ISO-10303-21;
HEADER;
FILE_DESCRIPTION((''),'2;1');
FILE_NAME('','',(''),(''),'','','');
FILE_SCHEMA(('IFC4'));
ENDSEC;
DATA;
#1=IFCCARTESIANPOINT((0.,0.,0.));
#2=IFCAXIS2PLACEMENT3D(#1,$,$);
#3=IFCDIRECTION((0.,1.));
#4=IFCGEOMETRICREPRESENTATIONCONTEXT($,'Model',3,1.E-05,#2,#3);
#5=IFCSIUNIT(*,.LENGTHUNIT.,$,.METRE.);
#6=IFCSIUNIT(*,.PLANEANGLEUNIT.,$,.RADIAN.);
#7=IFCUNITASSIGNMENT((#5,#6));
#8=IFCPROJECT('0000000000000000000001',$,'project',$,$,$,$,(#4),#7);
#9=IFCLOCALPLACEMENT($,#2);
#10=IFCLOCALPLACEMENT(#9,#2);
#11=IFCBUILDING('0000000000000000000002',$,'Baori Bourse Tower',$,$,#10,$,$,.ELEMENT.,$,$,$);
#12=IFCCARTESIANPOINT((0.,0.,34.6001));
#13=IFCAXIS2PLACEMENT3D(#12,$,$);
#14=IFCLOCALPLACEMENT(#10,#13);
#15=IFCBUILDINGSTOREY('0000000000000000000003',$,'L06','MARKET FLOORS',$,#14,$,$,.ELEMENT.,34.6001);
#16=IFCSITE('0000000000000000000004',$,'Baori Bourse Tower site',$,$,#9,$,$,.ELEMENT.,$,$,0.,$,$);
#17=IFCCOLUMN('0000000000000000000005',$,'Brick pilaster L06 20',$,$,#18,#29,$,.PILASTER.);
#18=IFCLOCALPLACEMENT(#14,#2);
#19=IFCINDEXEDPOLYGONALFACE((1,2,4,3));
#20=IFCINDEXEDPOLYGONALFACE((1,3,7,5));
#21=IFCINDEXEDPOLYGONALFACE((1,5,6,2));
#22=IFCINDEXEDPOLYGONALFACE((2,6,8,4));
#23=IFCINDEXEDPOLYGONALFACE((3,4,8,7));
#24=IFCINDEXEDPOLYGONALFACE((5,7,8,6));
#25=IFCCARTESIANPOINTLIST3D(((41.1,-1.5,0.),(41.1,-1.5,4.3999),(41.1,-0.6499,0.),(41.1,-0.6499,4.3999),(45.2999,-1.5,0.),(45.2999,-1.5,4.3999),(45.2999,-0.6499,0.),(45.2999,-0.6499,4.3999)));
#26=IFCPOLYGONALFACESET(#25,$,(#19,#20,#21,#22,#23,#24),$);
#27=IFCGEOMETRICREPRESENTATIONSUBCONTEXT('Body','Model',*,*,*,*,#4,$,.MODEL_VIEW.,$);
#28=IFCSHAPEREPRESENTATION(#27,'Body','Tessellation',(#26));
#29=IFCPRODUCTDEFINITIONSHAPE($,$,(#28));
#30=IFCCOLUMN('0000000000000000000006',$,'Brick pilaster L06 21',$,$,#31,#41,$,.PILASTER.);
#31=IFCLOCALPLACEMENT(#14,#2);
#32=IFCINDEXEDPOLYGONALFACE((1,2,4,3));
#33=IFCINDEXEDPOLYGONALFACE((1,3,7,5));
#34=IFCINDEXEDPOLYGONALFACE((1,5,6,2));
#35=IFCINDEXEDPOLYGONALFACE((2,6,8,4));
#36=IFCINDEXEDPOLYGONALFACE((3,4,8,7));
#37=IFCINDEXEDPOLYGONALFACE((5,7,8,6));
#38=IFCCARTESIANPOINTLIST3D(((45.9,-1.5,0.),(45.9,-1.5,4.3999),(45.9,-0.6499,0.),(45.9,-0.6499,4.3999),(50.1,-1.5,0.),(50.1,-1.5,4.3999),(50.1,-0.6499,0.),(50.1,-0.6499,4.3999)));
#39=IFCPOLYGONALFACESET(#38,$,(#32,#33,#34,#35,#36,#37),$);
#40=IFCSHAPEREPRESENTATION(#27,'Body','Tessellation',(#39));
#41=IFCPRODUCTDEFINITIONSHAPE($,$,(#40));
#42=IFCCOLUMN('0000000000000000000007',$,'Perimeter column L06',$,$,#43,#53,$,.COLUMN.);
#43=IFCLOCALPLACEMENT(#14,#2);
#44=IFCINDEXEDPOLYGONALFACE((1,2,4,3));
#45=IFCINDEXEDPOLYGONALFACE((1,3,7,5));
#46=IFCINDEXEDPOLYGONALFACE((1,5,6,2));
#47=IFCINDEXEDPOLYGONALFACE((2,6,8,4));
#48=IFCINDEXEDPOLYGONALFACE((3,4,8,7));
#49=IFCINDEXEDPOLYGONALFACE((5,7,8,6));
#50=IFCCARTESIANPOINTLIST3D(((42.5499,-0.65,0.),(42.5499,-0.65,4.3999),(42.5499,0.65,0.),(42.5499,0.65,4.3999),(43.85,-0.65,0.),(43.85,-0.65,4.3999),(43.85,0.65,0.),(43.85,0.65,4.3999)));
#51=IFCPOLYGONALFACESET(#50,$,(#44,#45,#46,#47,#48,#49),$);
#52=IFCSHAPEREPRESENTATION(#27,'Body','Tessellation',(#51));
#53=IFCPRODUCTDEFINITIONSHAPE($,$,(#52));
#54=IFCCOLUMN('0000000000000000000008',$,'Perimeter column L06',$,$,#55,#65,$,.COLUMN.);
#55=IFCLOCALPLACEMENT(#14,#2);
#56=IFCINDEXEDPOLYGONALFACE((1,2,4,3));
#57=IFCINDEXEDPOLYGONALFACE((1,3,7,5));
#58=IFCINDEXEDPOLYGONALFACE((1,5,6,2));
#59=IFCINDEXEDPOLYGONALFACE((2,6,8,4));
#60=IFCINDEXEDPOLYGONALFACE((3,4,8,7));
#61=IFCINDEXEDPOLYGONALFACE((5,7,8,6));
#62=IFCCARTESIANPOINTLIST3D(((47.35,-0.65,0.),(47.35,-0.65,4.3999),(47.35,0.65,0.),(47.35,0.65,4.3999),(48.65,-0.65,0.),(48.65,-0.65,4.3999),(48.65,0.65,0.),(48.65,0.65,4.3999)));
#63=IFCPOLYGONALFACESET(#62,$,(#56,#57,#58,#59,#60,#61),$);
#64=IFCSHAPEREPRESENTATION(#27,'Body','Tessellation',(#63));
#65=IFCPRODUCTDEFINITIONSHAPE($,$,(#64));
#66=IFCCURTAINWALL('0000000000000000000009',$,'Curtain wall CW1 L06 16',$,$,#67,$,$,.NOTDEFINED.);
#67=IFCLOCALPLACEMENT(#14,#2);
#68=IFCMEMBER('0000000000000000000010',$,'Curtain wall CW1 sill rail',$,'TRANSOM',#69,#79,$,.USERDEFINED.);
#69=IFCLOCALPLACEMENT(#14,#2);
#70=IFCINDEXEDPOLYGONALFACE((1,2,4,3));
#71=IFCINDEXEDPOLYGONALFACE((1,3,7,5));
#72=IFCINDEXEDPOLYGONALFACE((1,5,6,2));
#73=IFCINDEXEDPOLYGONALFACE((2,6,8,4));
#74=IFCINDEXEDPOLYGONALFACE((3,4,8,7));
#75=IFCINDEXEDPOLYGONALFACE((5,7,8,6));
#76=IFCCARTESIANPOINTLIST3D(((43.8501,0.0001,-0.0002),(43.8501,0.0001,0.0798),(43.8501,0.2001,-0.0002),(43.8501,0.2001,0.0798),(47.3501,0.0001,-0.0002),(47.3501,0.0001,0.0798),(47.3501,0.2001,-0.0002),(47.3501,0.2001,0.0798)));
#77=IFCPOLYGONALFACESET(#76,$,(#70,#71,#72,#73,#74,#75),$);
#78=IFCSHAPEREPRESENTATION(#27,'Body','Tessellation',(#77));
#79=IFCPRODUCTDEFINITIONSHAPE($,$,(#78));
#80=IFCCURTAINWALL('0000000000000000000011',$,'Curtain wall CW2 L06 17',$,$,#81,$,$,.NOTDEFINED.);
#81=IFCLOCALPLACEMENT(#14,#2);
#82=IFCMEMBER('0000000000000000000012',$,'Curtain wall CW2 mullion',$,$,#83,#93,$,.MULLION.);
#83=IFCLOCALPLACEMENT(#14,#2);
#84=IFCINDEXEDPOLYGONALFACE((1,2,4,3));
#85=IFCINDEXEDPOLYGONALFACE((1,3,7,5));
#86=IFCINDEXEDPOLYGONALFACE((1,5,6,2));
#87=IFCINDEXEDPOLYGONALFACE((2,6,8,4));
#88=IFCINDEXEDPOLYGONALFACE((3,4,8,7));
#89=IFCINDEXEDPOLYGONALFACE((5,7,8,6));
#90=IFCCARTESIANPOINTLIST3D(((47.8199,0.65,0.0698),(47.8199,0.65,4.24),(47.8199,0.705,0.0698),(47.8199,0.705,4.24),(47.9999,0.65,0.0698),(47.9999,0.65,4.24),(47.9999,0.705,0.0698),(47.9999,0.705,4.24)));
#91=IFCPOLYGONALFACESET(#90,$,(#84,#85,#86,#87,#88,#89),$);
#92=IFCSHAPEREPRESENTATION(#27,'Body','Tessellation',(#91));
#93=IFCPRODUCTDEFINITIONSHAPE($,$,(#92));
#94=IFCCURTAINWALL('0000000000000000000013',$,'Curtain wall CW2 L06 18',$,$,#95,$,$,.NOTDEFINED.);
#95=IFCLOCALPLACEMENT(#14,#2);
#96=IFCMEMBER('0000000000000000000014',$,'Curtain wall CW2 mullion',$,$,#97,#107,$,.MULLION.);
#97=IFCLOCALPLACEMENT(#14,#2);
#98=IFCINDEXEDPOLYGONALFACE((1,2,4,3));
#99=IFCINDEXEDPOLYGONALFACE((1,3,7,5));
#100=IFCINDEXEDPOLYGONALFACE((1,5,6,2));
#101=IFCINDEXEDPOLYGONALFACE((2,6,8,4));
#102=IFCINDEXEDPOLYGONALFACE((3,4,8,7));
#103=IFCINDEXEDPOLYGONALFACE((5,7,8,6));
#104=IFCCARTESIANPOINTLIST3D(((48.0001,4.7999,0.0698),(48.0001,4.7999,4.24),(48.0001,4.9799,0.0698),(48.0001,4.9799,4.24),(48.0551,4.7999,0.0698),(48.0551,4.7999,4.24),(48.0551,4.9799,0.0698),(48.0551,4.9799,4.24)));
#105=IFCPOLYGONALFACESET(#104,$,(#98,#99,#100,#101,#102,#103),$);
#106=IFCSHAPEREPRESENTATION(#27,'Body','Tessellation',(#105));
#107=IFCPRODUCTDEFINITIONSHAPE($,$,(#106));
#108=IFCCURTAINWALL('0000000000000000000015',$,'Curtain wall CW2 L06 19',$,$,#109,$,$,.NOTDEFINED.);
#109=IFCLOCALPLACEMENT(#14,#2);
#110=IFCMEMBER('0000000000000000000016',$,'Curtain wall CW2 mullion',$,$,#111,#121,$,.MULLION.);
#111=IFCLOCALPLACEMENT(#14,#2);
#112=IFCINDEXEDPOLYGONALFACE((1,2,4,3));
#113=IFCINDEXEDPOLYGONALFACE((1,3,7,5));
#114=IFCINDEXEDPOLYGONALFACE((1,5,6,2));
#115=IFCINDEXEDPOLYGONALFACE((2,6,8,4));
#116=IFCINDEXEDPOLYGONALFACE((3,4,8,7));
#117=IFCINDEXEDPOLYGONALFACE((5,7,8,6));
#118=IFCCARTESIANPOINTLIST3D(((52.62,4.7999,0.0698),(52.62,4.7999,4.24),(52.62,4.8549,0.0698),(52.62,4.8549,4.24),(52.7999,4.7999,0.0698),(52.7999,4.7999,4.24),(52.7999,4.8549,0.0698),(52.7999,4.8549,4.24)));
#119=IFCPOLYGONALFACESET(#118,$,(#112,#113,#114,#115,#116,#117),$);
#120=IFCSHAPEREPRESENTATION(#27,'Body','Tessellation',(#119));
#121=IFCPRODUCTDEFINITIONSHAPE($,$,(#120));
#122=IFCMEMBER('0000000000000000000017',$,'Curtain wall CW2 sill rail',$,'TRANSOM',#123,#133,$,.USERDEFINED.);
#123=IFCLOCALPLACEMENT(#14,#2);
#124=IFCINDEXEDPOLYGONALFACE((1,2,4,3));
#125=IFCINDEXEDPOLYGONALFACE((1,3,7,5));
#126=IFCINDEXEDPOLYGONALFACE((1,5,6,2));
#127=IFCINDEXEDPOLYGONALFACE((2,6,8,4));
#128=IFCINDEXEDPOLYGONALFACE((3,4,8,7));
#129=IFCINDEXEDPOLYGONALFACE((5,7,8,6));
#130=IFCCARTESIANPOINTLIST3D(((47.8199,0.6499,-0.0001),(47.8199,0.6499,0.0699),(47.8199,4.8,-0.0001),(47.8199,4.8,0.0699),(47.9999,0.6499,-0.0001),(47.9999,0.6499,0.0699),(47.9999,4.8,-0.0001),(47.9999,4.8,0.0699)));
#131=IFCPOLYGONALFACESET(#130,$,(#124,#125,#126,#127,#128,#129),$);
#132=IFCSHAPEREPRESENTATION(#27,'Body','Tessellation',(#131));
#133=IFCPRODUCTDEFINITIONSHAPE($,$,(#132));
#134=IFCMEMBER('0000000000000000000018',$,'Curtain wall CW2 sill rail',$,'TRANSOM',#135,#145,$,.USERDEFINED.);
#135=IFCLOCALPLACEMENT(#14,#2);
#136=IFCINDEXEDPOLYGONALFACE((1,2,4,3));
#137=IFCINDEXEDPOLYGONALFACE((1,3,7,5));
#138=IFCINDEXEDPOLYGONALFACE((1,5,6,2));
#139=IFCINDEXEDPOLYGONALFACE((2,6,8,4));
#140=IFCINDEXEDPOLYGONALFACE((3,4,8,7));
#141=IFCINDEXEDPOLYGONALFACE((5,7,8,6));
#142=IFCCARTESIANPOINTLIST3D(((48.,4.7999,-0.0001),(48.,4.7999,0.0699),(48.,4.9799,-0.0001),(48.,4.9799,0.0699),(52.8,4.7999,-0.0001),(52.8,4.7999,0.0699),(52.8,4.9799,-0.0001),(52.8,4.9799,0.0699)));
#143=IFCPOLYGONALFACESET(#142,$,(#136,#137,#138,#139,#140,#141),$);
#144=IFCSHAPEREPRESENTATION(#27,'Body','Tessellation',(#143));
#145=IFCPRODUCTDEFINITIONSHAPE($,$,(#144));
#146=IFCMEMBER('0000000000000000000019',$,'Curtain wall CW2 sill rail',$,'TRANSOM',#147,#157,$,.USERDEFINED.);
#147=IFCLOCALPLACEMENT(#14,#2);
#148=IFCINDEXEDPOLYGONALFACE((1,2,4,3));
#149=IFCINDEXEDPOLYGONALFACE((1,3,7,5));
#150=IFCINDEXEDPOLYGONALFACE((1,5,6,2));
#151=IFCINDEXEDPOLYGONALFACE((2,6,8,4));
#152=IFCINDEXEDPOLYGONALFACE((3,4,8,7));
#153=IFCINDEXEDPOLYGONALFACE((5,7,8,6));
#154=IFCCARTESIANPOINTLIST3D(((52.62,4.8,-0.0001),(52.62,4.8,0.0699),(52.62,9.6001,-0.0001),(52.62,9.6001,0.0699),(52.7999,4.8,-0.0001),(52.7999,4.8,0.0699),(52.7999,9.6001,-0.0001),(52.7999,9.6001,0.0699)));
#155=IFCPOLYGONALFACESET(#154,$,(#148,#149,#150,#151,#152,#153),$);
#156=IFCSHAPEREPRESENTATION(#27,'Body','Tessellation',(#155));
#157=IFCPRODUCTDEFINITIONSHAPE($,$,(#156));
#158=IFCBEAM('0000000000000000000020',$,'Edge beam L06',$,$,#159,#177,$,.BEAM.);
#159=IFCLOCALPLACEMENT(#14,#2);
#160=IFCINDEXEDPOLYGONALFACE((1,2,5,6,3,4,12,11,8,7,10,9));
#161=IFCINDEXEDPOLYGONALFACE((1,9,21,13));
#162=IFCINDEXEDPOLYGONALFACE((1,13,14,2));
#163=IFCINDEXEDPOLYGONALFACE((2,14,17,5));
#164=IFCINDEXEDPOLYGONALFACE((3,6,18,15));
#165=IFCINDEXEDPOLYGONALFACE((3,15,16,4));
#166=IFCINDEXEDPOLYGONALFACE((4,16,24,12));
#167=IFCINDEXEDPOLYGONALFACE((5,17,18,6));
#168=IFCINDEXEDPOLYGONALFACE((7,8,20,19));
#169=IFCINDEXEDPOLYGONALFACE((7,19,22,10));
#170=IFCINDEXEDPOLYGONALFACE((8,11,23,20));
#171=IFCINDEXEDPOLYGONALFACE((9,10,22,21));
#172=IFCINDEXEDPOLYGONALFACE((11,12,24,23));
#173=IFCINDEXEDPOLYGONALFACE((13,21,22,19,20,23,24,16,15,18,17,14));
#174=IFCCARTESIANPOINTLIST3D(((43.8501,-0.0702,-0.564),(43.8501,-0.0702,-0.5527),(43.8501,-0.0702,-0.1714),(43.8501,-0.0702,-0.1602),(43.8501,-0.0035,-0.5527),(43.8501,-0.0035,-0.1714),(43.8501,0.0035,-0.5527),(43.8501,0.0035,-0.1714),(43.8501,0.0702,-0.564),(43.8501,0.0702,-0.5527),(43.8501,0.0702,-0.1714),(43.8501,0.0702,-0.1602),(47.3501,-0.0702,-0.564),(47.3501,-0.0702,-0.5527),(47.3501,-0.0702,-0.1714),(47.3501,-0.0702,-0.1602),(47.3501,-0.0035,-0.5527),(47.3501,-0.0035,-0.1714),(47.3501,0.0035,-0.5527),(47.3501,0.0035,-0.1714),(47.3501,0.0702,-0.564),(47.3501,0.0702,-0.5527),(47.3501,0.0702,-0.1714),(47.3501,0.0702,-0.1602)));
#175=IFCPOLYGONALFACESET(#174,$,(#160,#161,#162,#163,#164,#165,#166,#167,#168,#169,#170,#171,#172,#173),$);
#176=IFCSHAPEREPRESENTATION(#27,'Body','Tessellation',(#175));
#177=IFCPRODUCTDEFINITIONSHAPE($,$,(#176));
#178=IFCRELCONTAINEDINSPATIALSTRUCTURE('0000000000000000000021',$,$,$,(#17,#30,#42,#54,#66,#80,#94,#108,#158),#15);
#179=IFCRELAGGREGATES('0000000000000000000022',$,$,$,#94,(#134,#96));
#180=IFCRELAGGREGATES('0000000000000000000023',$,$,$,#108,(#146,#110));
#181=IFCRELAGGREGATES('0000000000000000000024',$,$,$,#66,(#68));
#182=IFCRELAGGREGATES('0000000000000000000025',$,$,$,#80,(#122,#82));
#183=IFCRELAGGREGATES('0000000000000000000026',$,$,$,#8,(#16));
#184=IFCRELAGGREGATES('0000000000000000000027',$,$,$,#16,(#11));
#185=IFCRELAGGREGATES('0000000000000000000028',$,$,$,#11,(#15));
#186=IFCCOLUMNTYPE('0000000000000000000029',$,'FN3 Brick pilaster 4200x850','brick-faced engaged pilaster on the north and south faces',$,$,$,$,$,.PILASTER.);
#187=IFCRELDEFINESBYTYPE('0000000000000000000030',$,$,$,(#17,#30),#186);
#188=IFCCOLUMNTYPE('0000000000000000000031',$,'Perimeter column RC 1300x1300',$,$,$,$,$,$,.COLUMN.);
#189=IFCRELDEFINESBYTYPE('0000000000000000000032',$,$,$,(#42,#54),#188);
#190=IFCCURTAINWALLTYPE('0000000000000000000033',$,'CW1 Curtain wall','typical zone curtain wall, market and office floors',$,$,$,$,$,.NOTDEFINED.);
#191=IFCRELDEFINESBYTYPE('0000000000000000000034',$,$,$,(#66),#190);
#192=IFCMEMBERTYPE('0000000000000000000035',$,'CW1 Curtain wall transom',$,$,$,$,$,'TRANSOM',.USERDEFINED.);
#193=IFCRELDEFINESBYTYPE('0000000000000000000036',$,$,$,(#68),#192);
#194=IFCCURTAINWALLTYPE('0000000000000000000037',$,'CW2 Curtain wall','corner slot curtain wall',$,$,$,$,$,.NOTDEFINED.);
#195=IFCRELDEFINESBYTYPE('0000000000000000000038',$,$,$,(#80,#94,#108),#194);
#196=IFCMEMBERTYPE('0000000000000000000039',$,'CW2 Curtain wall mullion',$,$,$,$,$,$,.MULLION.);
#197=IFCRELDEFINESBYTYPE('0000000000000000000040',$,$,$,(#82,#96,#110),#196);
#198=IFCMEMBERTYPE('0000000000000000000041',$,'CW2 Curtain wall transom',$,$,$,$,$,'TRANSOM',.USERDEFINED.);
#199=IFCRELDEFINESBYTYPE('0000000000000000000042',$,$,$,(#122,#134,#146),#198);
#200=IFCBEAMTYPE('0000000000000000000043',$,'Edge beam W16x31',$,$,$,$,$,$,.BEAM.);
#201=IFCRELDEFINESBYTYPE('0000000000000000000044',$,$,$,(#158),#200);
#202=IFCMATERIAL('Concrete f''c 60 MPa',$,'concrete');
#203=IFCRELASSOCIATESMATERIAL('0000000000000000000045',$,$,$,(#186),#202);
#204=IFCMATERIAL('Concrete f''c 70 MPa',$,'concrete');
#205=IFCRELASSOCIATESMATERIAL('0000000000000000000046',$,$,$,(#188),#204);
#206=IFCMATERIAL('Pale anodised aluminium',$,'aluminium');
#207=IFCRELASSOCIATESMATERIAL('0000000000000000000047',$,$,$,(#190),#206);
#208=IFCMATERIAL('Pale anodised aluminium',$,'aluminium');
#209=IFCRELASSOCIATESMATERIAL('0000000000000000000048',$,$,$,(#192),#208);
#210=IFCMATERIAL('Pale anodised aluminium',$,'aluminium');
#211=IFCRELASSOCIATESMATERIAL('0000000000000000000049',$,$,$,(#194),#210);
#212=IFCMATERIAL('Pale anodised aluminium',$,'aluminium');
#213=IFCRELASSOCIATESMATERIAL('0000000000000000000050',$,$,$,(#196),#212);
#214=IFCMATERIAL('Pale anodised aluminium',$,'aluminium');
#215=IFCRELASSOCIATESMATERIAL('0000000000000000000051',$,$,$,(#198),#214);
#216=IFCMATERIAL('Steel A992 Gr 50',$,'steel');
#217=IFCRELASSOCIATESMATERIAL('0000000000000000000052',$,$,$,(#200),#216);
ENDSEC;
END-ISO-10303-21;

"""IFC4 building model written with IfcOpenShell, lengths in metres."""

from ifc_helpers import new_model, si_unit, direction, frame, origin, origin_2d, place, context, subcontext, project, spatial, rectangle, i_section, extrude, material, material_profile, profile_set, type_object, element, aggregate, save


model = new_model("IFC4")

# Units and contexts
model_context = context("Model", 3, precision=1e-05, world=origin(), true_north=direction((0.0, 1.0)))
body_context = subcontext(model_context, "Body", "Model", "MODEL_VIEW")
ifc_project = project(units=[si_unit("LENGTHUNIT", "METRE"), si_unit("PLANEANGLEUNIT", "RADIAN")], contexts=[model_context])

# Site, building, storey
site_placement = place(None, origin())
site = spatial("IfcSite", under=ifc_project, at=site_placement, Name="Baori Bourse Tower site", CompositionType="ELEMENT", RefElevation=0.0)
building_placement = place(site_placement, origin())
building = spatial("IfcBuilding", under=site, at=building_placement, Name="Baori Bourse Tower", CompositionType="ELEMENT")
storey_placement = place(building_placement, frame((0.0, 0.0, 34.6001)))
storey = spatial("IfcBuildingStorey", under=building, at=storey_placement, Name="L06", Description="MARKET FLOORS", CompositionType="ELEMENT", Elevation=34.6001)

# Columns
ifc_material_1 = material(Name="Concrete f'c 60 MPa", Category="concrete")
ifc_material_profile_1 = material_profile(ifc_material_1, rectangle(XDim=4.2, YDim=0.8501, at=origin_2d()), Name="RC 4200x850")
ifc_profile_set_1 = profile_set([ifc_material_profile_1], Name="Concrete f'c 60 MPa")
column_type_1 = type_object("IfcColumnType", Name="FN3 Brick pilaster 4200x850", Description="brick-faced engaged pilaster on the north and south faces", PredefinedType="PILASTER", material=ifc_profile_set_1)
for number, where, z_axis, x_axis, name in (
    (1, (43.2, -1.075, 0.0), (0.0, 0.0, 1.0), (1.0, 0.0, 0.0), "Brick pilaster L06 20"),
    (2, (48.0, -1.075, 0.0), (0.0, 0.0, 1.0), (1.0, 0.0, 0.0), "Brick pilaster L06 21"),
):
    element("IfcColumn", number, at=place(storey_placement, frame(where, z_axis=z_axis, x_axis=x_axis)), inside=storey, type_object=column_type_1, Name=name, PredefinedType="PILASTER", context=body_context, shape_type="SweptSolid", body=[
        extrude(rectangle(XDim=4.2, YDim=0.8501, at=origin_2d()), origin(), (0.0, 0.0, 1.0), 4.3999),
    ])
ifc_material_2 = material(Name="Concrete f'c 70 MPa", Category="concrete")
ifc_material_profile_2 = material_profile(ifc_material_2, rectangle(XDim=1.3, YDim=1.3, at=origin_2d()), Name="RC 1300x1300")
ifc_profile_set_2 = profile_set([ifc_material_profile_2], Name="Concrete f'c 70 MPa")
column_type_2 = type_object("IfcColumnType", Name="Perimeter column RC 1300x1300", PredefinedType="COLUMN", material=ifc_profile_set_2)
for number, where, z_axis, x_axis, name in (
    (3, (43.2, 0.0, 0.0), (0.0, 0.0, 1.0), (1.0, 0.0, 0.0), "Perimeter column L06"),
    (4, (48.0, 0.0, 0.0), (0.0, 0.0, 1.0), (1.0, 0.0, 0.0), "Perimeter column L06"),
):
    element("IfcColumn", number, at=place(storey_placement, frame(where, z_axis=z_axis, x_axis=x_axis)), inside=storey, type_object=column_type_2, Name=name, PredefinedType="COLUMN", context=body_context, shape_type="SweptSolid", body=[
        extrude(rectangle(XDim=1.3, YDim=1.3, at=origin_2d()), origin(), (0.0, 0.0, 1.0), 4.3999),
    ])

# Curtain walls, members
ifc_material_3 = material(Name="Pale anodised aluminium", Category="aluminium")
curtain_wall_type_1 = type_object("IfcCurtainWallType", Name="CW1 Curtain wall", Description="typical zone curtain wall, market and office floors", PredefinedType="NOTDEFINED", material=ifc_material_3)
curtain_wall_1_placement = place(storey_placement, origin())
curtain_wall_1 = element("IfcCurtainWall", 5, at=curtain_wall_1_placement, inside=storey, type_object=curtain_wall_type_1, Name="Curtain wall CW1 L06 16", PredefinedType="NOTDEFINED")
ifc_material_4 = material(Name="Pale anodised aluminium", Category="aluminium")
ifc_material_profile_3 = material_profile(ifc_material_4, rectangle(XDim=0.2, YDim=0.0801, at=origin_2d()), Name="Transom 80x200")
ifc_profile_set_3 = profile_set([ifc_material_profile_3], Name="Pale anodised aluminium")
member_type_1 = type_object("IfcMemberType", Name="CW1 Curtain wall transom", ElementType="TRANSOM", PredefinedType="USERDEFINED", material=ifc_profile_set_3)
member_1_placement = place(storey_placement, frame((43.8501, 0.1001, 0.0398), z_axis=(1.0, 0.0, 0.0), x_axis=(0.0, 1.0, 0.0)))
member_1 = element("IfcMember", 6, at=member_1_placement, type_object=member_type_1, Name="Curtain wall CW1 sill rail", ObjectType="TRANSOM", PredefinedType="USERDEFINED", context=body_context, shape_type="SweptSolid", body=[
    extrude(rectangle(XDim=0.2, YDim=0.0801, at=origin_2d()), origin(), (0.0, 0.0, 1.0), 3.5),
])
ifc_material_5 = material(Name="Pale anodised aluminium", Category="aluminium")
curtain_wall_type_2 = type_object("IfcCurtainWallType", Name="CW2 Curtain wall", Description="corner slot curtain wall", PredefinedType="NOTDEFINED", material=ifc_material_5)
curtain_wall_2_placement = place(storey_placement, origin())
curtain_wall_2 = element("IfcCurtainWall", 7, at=curtain_wall_2_placement, inside=storey, type_object=curtain_wall_type_2, Name="Curtain wall CW2 L06 17", PredefinedType="NOTDEFINED")
ifc_material_6 = material(Name="Pale anodised aluminium", Category="aluminium")
ifc_material_profile_4 = material_profile(ifc_material_6, rectangle(XDim=0.1799, YDim=0.0549, at=origin_2d()), Name="Mullion 55x180")
ifc_profile_set_4 = profile_set([ifc_material_profile_4], Name="Pale anodised aluminium")
member_type_2 = type_object("IfcMemberType", Name="CW2 Curtain wall mullion", PredefinedType="MULLION", material=ifc_profile_set_4)
member_2_placement = place(storey_placement, frame((47.9099, 0.6775, 0.0698), z_axis=(0.0, 0.0, 1.0), x_axis=(-1.0, 0.0, 0.0)))
member_2 = element("IfcMember", 8, at=member_2_placement, type_object=member_type_2, Name="Curtain wall CW2 mullion", PredefinedType="MULLION", context=body_context, shape_type="SweptSolid", body=[
    extrude(rectangle(XDim=0.1799, YDim=0.0549, at=origin_2d()), origin(), (0.0, 0.0, 1.0), 4.1702),
])
curtain_wall_3_placement = place(storey_placement, origin())
curtain_wall_3 = element("IfcCurtainWall", 9, at=curtain_wall_3_placement, inside=storey, type_object=curtain_wall_type_2, Name="Curtain wall CW2 L06 18", PredefinedType="NOTDEFINED")
member_3_placement = place(storey_placement, frame((48.0276, 4.8899, 0.0698), z_axis=(0.0, 0.0, 1.0), x_axis=(0.0, 1.0, 0.0)))
member_3 = element("IfcMember", 10, at=member_3_placement, type_object=member_type_2, Name="Curtain wall CW2 mullion", PredefinedType="MULLION", context=body_context, shape_type="SweptSolid", body=[
    extrude(rectangle(XDim=0.1799, YDim=0.0549, at=origin_2d()), origin(), (0.0, 0.0, 1.0), 4.1702),
])
curtain_wall_4_placement = place(storey_placement, origin())
curtain_wall_4 = element("IfcCurtainWall", 11, at=curtain_wall_4_placement, inside=storey, type_object=curtain_wall_type_2, Name="Curtain wall CW2 L06 19", PredefinedType="NOTDEFINED")
member_4_placement = place(storey_placement, frame((52.71, 4.8274, 0.0698), z_axis=(0.0, 0.0, 1.0), x_axis=(-1.0, 0.0, 0.0)))
member_4 = element("IfcMember", 12, at=member_4_placement, type_object=member_type_2, Name="Curtain wall CW2 mullion", PredefinedType="MULLION", context=body_context, shape_type="SweptSolid", body=[
    extrude(rectangle(XDim=0.1799, YDim=0.0549, at=origin_2d()), origin(), (0.0, 0.0, 1.0), 4.1702),
])

# Members
ifc_material_7 = material(Name="Pale anodised aluminium", Category="aluminium")
ifc_material_profile_5 = material_profile(ifc_material_7, rectangle(XDim=0.1799, YDim=0.0701, at=origin_2d()), Name="Transom 70x180")
ifc_profile_set_5 = profile_set([ifc_material_profile_5], Name="Pale anodised aluminium")
member_type_3 = type_object("IfcMemberType", Name="CW2 Curtain wall transom", ElementType="TRANSOM", PredefinedType="USERDEFINED", material=ifc_profile_set_5)
member_5_placement = place(storey_placement, frame((47.9099, 0.6499, 0.0349), z_axis=(0.0, 1.0, 0.0), x_axis=(-1.0, 0.0, 0.0)))
member_5 = element("IfcMember", 13, at=member_5_placement, type_object=member_type_3, Name="Curtain wall CW2 sill rail", ObjectType="TRANSOM", PredefinedType="USERDEFINED", context=body_context, shape_type="SweptSolid", body=[
    extrude(rectangle(XDim=0.1799, YDim=0.0701, at=origin_2d()), origin(), (0.0, 0.0, 1.0), 4.1501),
])
member_6_placement = place(storey_placement, frame((48.0, 4.8899, 0.0349), z_axis=(1.0, 0.0, 0.0), x_axis=(0.0, 1.0, 0.0)))
member_6 = element("IfcMember", 14, at=member_6_placement, type_object=member_type_3, Name="Curtain wall CW2 sill rail", ObjectType="TRANSOM", PredefinedType="USERDEFINED", context=body_context, shape_type="SweptSolid", body=[
    extrude(rectangle(XDim=0.1799, YDim=0.0701, at=origin_2d()), origin(), (0.0, 0.0, 1.0), 4.8),
])
aggregate(curtain_wall_3, [member_6, member_3])
member_7_placement = place(storey_placement, frame((52.71, 4.8, 0.0349), z_axis=(0.0, 1.0, 0.0), x_axis=(-1.0, 0.0, 0.0)))
member_7 = element("IfcMember", 15, at=member_7_placement, type_object=member_type_3, Name="Curtain wall CW2 sill rail", ObjectType="TRANSOM", PredefinedType="USERDEFINED", context=body_context, shape_type="SweptSolid", body=[
    extrude(rectangle(XDim=0.1799, YDim=0.0701, at=origin_2d()), origin(), (0.0, 0.0, 1.0), 4.8),
])
aggregate(curtain_wall_4, [member_7, member_4])

# Beam
ifc_material_8 = material(Name="Steel A992 Gr 50", Category="steel")
ifc_material_profile_6 = material_profile(ifc_material_8, i_section(OverallWidth=0.1404, OverallDepth=0.4038, WebThickness=0.0071, FlangeThickness=0.0112, at=origin_2d()), Name="W16x31")
ifc_profile_set_6 = profile_set([ifc_material_profile_6], Name="Steel A992 Gr 50")
beam_type_1 = type_object("IfcBeamType", Name="Edge beam W16x31", PredefinedType="BEAM", material=ifc_profile_set_6)
beam_1_placement = place(storey_placement, frame((43.8501, 0.0, -0.3621), z_axis=(1.0, 0.0, 0.0), x_axis=(0.0, 1.0, 0.0)))
element("IfcBeam", 16, at=beam_1_placement, inside=storey, type_object=beam_type_1, Name="Edge beam L06", PredefinedType="BEAM", context=body_context, shape_type="SweptSolid", body=[
    extrude(i_section(OverallWidth=0.1404, OverallDepth=0.4038, WebThickness=0.0071, FlangeThickness=0.0112, at=origin_2d()), origin(), (0.0, 0.0, 1.0), 3.5),
])

aggregate(curtain_wall_1, [member_1])
aggregate(curtain_wall_2, [member_5, member_2])

save(model, "model.ifc")
